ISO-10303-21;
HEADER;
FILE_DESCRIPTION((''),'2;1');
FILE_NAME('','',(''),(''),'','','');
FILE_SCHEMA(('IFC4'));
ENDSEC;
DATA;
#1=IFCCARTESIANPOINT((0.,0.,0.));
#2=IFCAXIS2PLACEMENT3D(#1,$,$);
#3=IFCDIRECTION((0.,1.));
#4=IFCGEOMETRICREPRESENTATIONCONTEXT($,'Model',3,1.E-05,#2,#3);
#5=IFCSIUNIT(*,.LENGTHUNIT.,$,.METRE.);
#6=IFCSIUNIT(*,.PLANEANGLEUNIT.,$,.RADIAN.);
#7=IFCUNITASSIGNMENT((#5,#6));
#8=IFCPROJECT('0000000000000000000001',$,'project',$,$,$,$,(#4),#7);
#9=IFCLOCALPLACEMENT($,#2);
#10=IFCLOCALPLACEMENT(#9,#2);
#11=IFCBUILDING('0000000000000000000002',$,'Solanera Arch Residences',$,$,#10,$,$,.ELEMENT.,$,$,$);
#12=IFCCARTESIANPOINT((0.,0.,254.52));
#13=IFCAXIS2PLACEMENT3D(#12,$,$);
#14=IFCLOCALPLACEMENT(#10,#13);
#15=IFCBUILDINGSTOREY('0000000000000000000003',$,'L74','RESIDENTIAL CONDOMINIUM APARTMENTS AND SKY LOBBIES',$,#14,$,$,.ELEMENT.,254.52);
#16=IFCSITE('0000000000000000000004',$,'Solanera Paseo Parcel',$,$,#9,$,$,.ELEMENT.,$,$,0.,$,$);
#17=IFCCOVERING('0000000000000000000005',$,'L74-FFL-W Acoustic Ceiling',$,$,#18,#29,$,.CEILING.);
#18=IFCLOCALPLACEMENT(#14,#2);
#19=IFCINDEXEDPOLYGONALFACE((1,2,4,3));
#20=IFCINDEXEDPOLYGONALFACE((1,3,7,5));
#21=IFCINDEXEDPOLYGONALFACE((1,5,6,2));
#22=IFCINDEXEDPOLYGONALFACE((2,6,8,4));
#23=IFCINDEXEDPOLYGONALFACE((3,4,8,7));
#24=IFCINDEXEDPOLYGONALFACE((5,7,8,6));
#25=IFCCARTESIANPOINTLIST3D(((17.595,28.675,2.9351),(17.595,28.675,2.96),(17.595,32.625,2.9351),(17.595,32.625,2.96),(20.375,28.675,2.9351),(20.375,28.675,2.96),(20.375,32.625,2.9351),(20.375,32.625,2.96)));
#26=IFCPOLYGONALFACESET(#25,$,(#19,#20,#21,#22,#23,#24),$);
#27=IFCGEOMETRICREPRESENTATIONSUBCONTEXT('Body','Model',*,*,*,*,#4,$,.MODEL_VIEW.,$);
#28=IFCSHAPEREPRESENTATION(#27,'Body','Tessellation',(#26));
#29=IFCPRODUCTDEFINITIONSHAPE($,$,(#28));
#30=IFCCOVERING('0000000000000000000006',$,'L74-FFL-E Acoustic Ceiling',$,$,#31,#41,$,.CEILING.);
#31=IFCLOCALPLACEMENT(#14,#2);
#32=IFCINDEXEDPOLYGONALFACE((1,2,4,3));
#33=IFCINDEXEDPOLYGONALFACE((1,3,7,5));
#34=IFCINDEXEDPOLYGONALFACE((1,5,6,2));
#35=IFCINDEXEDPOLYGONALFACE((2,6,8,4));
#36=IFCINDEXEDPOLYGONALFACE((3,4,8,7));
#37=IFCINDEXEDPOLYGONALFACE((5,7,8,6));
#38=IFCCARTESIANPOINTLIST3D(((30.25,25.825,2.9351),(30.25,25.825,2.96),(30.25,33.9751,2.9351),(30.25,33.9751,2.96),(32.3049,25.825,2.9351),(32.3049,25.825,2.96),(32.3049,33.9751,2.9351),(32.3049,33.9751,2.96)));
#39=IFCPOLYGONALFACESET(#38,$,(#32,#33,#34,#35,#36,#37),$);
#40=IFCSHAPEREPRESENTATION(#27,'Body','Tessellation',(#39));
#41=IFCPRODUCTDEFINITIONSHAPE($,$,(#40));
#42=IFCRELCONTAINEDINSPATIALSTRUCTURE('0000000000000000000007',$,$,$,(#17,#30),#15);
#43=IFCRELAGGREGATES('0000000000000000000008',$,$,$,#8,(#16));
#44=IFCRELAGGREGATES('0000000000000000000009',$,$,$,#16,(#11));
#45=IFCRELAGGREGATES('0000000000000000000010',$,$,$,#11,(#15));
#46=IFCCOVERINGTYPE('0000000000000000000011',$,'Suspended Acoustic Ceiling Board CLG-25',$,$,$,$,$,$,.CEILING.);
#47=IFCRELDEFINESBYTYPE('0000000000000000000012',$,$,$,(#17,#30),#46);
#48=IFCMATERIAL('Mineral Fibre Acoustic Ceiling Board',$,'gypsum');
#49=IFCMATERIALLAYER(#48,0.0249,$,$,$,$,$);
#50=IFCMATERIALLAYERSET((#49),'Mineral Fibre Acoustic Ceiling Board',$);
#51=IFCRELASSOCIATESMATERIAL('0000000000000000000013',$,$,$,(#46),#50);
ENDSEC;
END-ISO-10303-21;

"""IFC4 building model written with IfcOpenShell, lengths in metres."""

from ifc_helpers import new_model, si_unit, direction, frame, origin, place, context, subcontext, project, spatial, polyline, outline, extrude, material, layer, layer_set, type_object, element, save


model = new_model("IFC4")

# Units and contexts
model_context = context("Model", 3, precision=1e-05, world=origin(), true_north=direction((0.0, 1.0)))
body_context = subcontext(model_context, "Body", "Model", "MODEL_VIEW")
ifc_project = project(units=[si_unit("LENGTHUNIT", "METRE"), si_unit("PLANEANGLEUNIT", "RADIAN")], contexts=[model_context])

# Site, building, storey
site_placement = place(None, origin())
site = spatial("IfcSite", under=ifc_project, at=site_placement, Name="Solanera Paseo Parcel", CompositionType="ELEMENT", RefElevation=0.0)
building_placement = place(site_placement, origin())
building = spatial("IfcBuilding", under=site, at=building_placement, Name="Solanera Arch Residences", CompositionType="ELEMENT")
storey_placement = place(building_placement, frame((0.0, 0.0, 254.52)))
storey = spatial("IfcBuildingStorey", under=building, at=storey_placement, Name="L74", Description="RESIDENTIAL CONDOMINIUM APARTMENTS AND SKY LOBBIES", CompositionType="ELEMENT", Elevation=254.52)

# Coverings
ifc_material_1 = material(Name="Mineral Fibre Acoustic Ceiling Board", Category="gypsum")
ifc_layer_1 = layer(ifc_material_1, 0.0249)
ifc_layer_set_1 = layer_set([ifc_layer_1], Name="Mineral Fibre Acoustic Ceiling Board")
covering_type_1 = type_object("IfcCoveringType", Name="Suspended Acoustic Ceiling Board CLG-25", PredefinedType="CEILING", material=ifc_layer_set_1)
covering_1_placement = place(storey_placement, frame((0.0, 0.0, 2.9351)))
element("IfcCovering", 1, at=covering_1_placement, inside=storey, type_object=covering_type_1, Name="L74-FFL-W Acoustic Ceiling", PredefinedType="CEILING", context=body_context, shape_type="SweptSolid", body=[
    extrude(outline(polyline([(20.375, 28.675), (17.595, 28.675), (17.595, 32.625), (20.375, 32.625), (20.375, 28.675)])), origin(), (0.0, 0.0, 1.0), 0.0249),
])
covering_2_placement = place(storey_placement, frame((0.0, 0.0, 2.9351)))
element("IfcCovering", 2, at=covering_2_placement, inside=storey, type_object=covering_type_1, Name="L74-FFL-E Acoustic Ceiling", PredefinedType="CEILING", context=body_context, shape_type="SweptSolid", body=[
    extrude(outline(polyline([(32.3049, 25.825), (30.25, 25.825), (30.25, 33.9751), (32.3049, 33.9751), (32.3049, 25.825)])), origin(), (0.0, 0.0, 1.0), 0.0249),
])

save(model, "model.ifc")
